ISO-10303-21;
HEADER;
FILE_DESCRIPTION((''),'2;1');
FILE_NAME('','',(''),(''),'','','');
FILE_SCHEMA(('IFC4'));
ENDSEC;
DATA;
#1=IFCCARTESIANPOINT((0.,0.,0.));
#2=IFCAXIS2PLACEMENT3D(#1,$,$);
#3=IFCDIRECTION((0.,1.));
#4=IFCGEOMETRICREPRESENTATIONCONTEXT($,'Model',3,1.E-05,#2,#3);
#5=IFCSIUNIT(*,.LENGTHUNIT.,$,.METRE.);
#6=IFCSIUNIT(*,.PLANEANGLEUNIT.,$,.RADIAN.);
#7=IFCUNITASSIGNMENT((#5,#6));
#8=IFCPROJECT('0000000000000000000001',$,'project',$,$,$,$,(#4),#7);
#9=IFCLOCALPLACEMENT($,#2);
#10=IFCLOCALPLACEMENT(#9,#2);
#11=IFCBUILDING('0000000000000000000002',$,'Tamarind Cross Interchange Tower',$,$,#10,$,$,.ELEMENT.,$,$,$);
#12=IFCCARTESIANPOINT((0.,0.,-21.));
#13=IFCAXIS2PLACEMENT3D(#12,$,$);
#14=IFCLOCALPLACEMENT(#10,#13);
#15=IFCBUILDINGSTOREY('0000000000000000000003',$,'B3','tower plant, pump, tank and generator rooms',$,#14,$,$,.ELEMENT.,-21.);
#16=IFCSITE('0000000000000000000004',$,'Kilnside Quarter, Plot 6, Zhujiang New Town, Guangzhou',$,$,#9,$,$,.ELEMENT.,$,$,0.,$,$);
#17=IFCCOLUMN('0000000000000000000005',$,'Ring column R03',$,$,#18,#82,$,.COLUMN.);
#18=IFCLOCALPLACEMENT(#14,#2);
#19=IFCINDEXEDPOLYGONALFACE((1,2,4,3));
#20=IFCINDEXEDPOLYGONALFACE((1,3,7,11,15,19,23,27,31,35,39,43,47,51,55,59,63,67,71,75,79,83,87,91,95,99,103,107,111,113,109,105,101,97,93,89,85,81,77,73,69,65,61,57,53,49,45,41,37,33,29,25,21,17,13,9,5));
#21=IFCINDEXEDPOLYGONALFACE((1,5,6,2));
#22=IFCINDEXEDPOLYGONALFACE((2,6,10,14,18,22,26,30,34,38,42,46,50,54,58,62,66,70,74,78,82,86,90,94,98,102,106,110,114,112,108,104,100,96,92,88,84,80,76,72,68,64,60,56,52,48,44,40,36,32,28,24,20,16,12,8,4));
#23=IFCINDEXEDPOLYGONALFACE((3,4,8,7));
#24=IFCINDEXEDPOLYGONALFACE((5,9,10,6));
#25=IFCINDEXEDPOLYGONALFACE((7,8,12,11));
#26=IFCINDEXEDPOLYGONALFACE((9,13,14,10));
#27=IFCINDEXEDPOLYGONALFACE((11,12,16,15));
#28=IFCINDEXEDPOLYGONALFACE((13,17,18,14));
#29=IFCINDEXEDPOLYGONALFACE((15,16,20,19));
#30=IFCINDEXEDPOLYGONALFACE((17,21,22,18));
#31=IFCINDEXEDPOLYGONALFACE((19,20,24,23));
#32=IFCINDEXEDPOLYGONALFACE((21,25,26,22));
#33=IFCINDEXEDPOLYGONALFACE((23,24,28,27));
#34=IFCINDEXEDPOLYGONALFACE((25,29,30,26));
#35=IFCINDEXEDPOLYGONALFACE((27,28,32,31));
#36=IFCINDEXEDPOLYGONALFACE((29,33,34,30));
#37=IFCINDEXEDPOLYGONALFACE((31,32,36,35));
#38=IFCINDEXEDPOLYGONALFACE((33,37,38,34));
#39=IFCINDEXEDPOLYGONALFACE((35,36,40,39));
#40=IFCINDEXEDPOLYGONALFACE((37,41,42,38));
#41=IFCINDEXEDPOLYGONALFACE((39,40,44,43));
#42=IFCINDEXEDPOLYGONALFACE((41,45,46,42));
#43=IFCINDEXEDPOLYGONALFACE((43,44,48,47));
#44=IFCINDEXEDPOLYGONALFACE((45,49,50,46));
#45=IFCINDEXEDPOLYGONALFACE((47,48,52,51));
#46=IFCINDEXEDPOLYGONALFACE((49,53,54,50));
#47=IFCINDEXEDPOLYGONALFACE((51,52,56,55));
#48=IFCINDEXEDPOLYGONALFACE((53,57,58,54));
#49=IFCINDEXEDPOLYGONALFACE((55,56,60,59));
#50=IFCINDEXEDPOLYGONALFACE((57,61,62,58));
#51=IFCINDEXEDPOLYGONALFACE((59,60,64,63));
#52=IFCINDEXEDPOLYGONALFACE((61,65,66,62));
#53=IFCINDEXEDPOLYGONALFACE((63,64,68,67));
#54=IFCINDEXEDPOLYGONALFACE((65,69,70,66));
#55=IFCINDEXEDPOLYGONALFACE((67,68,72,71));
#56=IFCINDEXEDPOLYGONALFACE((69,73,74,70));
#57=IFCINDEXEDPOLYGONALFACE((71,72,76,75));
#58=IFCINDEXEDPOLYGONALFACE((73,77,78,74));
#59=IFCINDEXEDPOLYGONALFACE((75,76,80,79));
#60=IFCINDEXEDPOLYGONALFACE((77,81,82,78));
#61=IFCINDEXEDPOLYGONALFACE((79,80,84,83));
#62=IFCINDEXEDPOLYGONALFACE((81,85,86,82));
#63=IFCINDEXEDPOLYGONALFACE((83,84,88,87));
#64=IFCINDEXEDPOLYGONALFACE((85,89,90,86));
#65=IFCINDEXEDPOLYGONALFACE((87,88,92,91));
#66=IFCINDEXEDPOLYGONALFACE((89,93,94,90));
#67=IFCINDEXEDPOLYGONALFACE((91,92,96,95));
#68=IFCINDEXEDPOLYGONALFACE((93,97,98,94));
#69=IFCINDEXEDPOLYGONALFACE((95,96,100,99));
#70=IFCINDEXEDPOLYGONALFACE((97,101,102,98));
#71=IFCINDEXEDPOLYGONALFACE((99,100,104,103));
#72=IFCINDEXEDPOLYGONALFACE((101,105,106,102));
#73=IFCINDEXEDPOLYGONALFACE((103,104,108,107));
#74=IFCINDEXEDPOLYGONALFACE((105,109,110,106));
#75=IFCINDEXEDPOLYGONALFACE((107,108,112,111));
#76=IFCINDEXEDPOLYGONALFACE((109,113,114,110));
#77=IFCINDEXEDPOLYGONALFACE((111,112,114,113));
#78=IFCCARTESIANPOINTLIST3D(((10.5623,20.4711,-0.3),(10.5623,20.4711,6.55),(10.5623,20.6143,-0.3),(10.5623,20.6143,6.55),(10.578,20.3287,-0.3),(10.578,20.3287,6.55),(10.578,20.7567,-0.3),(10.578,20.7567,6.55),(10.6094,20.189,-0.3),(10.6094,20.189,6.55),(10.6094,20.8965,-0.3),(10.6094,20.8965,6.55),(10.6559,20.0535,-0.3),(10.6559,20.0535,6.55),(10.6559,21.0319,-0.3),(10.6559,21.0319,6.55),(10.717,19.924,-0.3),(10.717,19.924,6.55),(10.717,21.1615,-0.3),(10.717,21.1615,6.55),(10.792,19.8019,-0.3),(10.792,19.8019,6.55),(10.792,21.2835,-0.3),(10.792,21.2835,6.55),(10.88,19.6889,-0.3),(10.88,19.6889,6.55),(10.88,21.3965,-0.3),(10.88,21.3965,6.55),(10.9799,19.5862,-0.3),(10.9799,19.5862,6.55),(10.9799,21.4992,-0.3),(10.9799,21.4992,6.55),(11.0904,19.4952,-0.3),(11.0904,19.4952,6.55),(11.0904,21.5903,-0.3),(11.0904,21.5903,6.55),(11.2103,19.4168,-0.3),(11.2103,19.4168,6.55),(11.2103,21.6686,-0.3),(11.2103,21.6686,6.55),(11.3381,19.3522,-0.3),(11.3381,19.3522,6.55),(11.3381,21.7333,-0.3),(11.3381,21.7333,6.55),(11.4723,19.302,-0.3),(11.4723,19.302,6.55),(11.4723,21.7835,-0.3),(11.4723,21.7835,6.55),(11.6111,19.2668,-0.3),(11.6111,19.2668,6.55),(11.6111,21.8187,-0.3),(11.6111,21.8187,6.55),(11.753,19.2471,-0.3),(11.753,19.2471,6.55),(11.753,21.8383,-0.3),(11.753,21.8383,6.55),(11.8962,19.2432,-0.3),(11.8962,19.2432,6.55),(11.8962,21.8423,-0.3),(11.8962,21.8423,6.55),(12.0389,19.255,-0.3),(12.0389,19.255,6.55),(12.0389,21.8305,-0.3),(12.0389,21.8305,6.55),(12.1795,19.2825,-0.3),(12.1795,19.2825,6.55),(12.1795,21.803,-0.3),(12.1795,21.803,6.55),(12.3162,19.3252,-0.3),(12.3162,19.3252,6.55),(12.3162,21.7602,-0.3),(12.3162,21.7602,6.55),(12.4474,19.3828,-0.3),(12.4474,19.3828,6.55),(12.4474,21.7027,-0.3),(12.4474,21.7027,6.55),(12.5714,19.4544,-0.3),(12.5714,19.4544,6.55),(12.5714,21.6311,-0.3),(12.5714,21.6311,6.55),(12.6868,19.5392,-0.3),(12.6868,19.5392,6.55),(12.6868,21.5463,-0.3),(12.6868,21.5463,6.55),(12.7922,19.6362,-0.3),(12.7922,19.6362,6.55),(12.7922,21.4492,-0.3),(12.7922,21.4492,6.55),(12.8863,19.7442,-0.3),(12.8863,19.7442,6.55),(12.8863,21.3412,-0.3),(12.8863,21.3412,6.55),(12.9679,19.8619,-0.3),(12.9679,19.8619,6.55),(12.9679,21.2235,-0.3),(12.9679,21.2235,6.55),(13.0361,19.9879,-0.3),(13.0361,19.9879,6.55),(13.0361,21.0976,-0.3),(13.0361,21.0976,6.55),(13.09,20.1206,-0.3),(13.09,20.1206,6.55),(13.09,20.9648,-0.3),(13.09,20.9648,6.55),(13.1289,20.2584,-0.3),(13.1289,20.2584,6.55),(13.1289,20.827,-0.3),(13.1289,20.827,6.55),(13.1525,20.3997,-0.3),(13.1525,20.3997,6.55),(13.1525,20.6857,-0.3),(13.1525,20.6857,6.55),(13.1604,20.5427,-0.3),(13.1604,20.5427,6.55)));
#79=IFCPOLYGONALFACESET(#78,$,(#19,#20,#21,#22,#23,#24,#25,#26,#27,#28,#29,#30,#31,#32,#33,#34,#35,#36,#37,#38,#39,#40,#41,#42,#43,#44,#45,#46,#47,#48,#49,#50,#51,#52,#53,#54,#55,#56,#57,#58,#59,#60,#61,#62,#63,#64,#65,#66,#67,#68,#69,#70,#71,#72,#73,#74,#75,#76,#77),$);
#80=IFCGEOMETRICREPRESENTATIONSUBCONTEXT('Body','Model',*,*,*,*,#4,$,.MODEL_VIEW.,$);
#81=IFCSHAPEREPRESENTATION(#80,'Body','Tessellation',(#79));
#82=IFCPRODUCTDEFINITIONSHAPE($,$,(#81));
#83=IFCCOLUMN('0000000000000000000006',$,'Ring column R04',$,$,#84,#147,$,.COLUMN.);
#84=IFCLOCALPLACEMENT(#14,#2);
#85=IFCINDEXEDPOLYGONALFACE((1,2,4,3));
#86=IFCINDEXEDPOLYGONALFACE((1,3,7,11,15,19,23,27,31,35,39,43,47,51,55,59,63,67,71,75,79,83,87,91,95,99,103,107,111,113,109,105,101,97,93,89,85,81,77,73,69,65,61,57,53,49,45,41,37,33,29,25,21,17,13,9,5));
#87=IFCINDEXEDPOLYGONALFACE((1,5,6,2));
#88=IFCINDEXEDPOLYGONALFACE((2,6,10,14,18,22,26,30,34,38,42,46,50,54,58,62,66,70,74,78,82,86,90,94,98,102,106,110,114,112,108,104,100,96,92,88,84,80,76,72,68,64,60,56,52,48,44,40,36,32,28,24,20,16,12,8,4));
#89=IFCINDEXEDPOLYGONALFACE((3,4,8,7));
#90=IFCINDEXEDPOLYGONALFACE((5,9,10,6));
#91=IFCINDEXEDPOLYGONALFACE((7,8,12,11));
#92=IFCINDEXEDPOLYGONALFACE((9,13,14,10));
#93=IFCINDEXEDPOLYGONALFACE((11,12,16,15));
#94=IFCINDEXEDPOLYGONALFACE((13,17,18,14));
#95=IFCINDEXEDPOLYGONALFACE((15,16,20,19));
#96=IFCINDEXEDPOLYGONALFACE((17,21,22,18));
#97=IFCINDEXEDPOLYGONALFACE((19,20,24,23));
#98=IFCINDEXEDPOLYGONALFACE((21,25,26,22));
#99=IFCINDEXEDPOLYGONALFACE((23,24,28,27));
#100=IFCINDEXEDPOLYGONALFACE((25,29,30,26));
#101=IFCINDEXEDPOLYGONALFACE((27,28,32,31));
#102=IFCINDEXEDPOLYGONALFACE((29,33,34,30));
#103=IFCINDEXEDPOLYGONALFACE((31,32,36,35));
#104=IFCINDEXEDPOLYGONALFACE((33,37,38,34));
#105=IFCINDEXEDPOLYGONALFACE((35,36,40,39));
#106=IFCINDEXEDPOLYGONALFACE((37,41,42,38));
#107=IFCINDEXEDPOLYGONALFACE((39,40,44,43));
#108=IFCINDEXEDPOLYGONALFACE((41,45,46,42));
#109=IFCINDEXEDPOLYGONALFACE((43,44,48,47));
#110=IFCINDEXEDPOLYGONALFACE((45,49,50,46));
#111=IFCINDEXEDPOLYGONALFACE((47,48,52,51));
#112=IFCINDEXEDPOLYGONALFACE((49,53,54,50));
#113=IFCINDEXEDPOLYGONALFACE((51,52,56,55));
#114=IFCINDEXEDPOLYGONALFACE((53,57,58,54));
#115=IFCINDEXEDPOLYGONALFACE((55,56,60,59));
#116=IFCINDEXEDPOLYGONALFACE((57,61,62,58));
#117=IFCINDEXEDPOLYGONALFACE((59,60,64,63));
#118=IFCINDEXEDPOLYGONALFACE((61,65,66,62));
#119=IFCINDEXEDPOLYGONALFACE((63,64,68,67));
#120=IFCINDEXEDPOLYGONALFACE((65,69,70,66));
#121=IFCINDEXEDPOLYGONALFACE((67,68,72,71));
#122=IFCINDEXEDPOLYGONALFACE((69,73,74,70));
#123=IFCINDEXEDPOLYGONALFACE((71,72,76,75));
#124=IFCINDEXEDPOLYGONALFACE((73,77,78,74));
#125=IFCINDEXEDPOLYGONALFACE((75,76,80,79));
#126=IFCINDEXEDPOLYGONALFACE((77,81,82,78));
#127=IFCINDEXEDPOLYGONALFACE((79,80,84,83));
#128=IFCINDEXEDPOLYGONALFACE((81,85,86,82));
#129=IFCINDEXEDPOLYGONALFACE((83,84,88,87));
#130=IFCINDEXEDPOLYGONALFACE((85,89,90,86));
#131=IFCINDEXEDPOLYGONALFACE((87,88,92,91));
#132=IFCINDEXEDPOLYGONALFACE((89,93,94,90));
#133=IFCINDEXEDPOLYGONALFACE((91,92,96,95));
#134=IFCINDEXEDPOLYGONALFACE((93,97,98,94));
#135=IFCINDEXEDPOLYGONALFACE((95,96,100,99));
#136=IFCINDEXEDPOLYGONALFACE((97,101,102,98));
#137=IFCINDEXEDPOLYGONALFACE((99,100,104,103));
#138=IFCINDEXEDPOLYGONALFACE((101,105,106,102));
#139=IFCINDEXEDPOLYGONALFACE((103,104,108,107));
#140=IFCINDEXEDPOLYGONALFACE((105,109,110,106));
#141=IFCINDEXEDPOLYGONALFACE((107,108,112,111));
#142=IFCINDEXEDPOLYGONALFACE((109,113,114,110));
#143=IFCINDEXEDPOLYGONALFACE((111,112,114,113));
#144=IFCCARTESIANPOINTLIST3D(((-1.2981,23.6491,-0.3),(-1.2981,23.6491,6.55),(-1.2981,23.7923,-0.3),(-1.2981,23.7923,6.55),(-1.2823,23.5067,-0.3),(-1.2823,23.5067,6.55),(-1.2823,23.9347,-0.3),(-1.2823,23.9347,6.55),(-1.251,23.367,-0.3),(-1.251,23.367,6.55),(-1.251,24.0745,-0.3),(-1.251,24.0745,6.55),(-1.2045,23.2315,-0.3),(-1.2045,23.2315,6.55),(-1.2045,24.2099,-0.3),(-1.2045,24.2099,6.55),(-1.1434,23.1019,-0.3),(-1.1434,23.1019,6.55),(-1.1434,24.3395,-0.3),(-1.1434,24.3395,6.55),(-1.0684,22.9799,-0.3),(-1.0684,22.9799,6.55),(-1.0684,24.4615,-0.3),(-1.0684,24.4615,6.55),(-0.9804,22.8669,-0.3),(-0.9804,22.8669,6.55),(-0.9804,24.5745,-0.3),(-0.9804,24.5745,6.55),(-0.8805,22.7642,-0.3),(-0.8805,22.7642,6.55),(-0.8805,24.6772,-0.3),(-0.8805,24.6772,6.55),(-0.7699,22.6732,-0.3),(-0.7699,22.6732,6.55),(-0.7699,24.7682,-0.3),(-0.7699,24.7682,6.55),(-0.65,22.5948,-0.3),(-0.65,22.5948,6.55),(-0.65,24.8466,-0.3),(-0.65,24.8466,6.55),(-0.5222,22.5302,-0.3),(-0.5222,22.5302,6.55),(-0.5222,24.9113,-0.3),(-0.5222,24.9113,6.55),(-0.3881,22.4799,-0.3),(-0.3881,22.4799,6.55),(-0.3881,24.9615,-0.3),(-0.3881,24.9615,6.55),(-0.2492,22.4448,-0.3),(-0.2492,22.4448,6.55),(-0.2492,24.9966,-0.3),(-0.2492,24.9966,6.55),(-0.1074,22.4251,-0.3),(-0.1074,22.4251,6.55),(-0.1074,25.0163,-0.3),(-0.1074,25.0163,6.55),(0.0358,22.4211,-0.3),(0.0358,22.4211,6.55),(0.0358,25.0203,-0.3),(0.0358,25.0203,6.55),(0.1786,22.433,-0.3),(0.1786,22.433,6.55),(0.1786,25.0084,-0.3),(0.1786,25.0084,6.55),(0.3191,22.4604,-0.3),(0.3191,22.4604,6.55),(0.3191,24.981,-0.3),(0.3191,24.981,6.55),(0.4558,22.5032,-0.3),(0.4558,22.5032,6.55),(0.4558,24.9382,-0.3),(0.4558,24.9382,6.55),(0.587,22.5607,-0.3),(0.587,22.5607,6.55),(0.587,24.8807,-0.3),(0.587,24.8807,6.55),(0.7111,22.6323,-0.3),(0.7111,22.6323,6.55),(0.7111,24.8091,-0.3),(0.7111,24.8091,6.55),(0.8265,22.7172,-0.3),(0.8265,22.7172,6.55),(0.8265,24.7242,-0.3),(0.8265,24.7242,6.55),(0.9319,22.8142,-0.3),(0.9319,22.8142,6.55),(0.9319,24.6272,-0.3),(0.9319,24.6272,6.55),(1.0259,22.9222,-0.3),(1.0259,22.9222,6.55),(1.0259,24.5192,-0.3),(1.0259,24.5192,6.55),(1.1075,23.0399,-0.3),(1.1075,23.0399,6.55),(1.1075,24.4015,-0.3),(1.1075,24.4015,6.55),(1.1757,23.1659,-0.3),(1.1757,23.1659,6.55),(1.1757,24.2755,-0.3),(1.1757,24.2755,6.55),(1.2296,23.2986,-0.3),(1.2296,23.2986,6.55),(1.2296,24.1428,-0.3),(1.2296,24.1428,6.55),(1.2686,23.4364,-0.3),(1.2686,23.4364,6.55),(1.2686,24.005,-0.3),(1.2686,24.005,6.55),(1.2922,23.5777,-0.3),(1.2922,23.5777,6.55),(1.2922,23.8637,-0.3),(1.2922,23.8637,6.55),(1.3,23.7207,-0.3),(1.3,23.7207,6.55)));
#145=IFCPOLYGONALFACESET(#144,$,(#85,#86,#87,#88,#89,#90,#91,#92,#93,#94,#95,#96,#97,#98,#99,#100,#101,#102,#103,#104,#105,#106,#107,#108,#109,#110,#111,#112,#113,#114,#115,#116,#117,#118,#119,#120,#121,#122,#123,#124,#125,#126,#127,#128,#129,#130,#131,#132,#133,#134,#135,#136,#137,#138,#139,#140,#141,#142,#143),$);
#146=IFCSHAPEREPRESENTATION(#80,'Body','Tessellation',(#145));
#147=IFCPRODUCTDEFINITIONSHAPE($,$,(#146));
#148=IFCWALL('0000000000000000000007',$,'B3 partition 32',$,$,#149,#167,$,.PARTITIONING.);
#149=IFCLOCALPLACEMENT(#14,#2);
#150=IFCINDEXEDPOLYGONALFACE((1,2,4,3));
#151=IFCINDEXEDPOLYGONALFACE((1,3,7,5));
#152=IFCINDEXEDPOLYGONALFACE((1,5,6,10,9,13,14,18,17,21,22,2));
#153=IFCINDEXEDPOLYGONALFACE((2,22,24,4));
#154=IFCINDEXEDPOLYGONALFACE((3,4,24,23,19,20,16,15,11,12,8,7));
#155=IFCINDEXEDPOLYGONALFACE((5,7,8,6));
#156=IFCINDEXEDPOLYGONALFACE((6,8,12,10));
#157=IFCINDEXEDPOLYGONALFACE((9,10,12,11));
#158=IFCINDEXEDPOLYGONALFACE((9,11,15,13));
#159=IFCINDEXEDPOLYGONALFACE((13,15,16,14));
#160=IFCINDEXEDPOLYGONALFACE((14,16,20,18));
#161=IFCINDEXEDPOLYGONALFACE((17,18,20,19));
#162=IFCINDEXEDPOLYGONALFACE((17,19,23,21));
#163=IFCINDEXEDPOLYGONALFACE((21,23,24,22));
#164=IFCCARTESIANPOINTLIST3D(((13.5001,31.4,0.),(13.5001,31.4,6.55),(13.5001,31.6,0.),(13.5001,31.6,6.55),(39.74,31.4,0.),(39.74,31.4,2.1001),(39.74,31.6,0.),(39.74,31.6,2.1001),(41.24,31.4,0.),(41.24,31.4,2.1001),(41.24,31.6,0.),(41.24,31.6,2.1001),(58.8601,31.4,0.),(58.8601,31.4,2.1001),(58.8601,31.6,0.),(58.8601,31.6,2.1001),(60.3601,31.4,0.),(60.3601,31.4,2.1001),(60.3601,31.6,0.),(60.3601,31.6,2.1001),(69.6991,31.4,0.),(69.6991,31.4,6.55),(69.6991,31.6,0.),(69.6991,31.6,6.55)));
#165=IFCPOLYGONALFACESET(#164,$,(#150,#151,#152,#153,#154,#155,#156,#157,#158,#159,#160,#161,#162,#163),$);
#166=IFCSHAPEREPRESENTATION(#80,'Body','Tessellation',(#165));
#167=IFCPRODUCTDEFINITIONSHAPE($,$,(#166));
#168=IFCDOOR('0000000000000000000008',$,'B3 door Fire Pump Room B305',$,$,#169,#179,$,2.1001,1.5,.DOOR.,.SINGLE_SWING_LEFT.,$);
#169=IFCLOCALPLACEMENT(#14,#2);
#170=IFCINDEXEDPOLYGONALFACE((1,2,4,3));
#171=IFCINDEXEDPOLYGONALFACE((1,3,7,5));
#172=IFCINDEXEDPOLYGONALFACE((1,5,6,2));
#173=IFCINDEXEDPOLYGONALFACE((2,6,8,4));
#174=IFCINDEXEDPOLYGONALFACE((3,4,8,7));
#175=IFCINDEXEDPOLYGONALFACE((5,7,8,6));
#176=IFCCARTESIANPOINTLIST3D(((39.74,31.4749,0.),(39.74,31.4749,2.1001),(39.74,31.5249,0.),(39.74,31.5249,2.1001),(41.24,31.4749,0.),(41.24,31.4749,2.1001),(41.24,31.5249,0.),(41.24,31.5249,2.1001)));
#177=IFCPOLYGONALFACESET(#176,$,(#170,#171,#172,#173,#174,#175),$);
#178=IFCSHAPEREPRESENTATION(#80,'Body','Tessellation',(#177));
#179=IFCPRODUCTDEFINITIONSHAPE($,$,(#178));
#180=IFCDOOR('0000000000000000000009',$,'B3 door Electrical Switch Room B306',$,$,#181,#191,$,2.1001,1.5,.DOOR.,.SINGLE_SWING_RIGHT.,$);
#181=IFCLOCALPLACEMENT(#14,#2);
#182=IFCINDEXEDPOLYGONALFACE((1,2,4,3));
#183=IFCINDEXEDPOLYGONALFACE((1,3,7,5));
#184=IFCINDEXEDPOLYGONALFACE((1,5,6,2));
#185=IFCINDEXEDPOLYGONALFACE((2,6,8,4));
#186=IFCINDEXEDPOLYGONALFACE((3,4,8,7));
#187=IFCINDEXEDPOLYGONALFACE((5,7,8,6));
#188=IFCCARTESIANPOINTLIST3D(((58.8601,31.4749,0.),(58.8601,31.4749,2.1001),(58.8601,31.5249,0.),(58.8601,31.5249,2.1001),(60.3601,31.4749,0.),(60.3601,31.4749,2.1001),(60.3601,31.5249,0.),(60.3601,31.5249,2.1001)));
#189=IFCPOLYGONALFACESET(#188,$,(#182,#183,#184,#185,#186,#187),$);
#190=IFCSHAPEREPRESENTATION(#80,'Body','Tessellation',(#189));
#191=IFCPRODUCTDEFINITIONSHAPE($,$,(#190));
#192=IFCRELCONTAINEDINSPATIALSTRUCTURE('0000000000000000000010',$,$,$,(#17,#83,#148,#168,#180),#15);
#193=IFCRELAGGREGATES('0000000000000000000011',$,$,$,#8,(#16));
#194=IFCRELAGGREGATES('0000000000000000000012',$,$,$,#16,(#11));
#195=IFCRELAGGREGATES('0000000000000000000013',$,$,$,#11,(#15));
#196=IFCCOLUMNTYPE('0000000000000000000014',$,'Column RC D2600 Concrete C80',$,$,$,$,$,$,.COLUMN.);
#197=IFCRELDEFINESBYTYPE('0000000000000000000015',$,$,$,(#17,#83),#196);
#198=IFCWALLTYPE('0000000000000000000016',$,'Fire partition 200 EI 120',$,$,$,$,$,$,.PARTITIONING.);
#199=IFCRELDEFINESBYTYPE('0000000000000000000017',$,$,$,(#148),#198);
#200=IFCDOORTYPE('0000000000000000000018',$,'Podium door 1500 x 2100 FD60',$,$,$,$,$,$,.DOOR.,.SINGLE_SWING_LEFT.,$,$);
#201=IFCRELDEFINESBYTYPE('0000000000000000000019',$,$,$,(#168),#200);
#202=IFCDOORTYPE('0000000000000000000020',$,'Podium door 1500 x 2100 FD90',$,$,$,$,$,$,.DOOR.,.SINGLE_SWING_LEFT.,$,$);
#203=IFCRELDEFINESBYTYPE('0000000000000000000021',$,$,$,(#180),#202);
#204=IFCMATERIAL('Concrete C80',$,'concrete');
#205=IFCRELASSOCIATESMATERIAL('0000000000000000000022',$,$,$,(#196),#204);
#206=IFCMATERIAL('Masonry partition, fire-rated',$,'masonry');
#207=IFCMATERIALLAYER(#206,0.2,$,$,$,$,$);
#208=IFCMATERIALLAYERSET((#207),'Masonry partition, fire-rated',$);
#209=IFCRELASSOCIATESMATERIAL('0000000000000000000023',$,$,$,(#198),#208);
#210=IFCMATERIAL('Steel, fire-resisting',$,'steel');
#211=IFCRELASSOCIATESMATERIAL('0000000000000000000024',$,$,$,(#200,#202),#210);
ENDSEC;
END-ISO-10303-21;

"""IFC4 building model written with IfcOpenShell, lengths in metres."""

from ifc_helpers import new_model, si_unit, direction, frame, frame_2d, origin, origin_2d, place, context, subcontext, project, spatial, rectangle, circle, extrude, material, layer, layer_set, material_profile, profile_set, type_object, element, fill, save


model = new_model("IFC4")

# Units and contexts
model_context = context("Model", 3, precision=1e-05, world=origin(), true_north=direction((0.0, 1.0)))
body_context = subcontext(model_context, "Body", "Model", "MODEL_VIEW")
ifc_project = project(units=[si_unit("LENGTHUNIT", "METRE"), si_unit("PLANEANGLEUNIT", "RADIAN")], contexts=[model_context])

# Site, building, storey
site_placement = place(None, origin())
site = spatial("IfcSite", under=ifc_project, at=site_placement, Name="Kilnside Quarter, Plot 6, Zhujiang New Town, Guangzhou", CompositionType="ELEMENT", RefElevation=0.0)
building_placement = place(site_placement, origin())
building = spatial("IfcBuilding", under=site, at=building_placement, Name="Tamarind Cross Interchange Tower", CompositionType="ELEMENT")
storey_placement = place(building_placement, frame((0.0, 0.0, -21.0)))
storey = spatial("IfcBuildingStorey", under=building, at=storey_placement, Name="B3", Description="tower plant, pump, tank and generator rooms", CompositionType="ELEMENT", Elevation=-21.0)

# Columns
ifc_material_1 = material(Name="Concrete C80", Category="concrete")
ifc_material_profile_1 = material_profile(ifc_material_1, circle(Radius=1.3, at=origin_2d()), Name="RC D2600")
ifc_profile_set_1 = profile_set([ifc_material_profile_1], Name="Concrete C80")
column_type_1 = type_object("IfcColumnType", Name="Column RC D2600 Concrete C80", PredefinedType="COLUMN", material=ifc_profile_set_1)
for number, where, z_axis, x_axis, name in (
    (1, (11.8604, 20.5427, -0.3), (0.0, 0.0, 1.0), (1.0, 0.0, 0.0), "Ring column R03"),
    (2, (0.0, 23.7207, -0.3), (0.0, 0.0, 1.0), (1.0, 0.0, 0.0), "Ring column R04"),
):
    element("IfcColumn", number, at=place(storey_placement, frame(where, z_axis=z_axis, x_axis=x_axis)), inside=storey, type_object=column_type_1, Name=name, PredefinedType="COLUMN", context=body_context, shape_type="SweptSolid", body=[
        extrude(circle(Radius=1.3, at=origin_2d()), origin(), (0.0, 0.0, 1.0), 6.8501),
    ])

# Wall, openings, doors
ifc_material_2 = material(Name="Masonry partition, fire-rated", Category="masonry")
ifc_layer = layer(ifc_material_2, 0.2)
ifc_layer_set = layer_set([ifc_layer], Name="Masonry partition, fire-rated")
wall_type = type_object("IfcWallType", Name="Fire partition 200 EI 120", PredefinedType="PARTITIONING", material=ifc_layer_set)
wall_1_placement = place(storey_placement, frame((13.5, 31.5, 0.0), z_axis=(0.0, 0.0, 1.0), x_axis=(1.0, 0.0, 0.0)))
wall_1 = element("IfcWall", 3, at=wall_1_placement, inside=storey, type_object=wall_type, Name="B3 partition 32", PredefinedType="PARTITIONING", context=body_context, shape_type="SweptSolid", body=[
    extrude(rectangle(XDim=56.199, YDim=0.2, at=frame_2d((28.0996, 0.0))), origin(), (0.0, 0.0, 1.0), 6.55),
])
opening_1_placement = place(wall_1_placement, frame((26.24, 0.0, 0.0)))
opening_1 = element("IfcOpeningElement", 4, at=opening_1_placement, cuts=wall_1, PredefinedType="OPENING", context=body_context, shape_type="SweptSolid", body=[
    extrude(rectangle(XDim=1.5, YDim=2.1001, at=frame_2d((0.75, 1.05))), frame((0.0, 0.1099, 0.0), z_axis=(0.0, -1.0, 0.0), x_axis=(1.0, 0.0, 0.0)), (0.0, 0.0, 1.0), 0.22),
])
opening_2_placement = place(wall_1_placement, frame((45.3601, 0.0, 0.0)))
opening_2 = element("IfcOpeningElement", 5, at=opening_2_placement, cuts=wall_1, PredefinedType="OPENING", context=body_context, shape_type="SweptSolid", body=[
    extrude(rectangle(XDim=1.5, YDim=2.1001, at=frame_2d((0.75, 1.05))), frame((0.0, 0.1099, 0.0), z_axis=(0.0, -1.0, 0.0), x_axis=(1.0, 0.0, 0.0)), (0.0, 0.0, 1.0), 0.22),
])
ifc_material_3 = material(Name="Steel, fire-resisting", Category="steel")
door_type_1 = type_object("IfcDoorType", Name="Podium door 1500 x 2100 FD60", OperationType="SINGLE_SWING_LEFT", PredefinedType="DOOR", material=ifc_material_3)
door_1_placement = place(opening_1_placement, origin())
door_1 = element("IfcDoor", 6, at=door_1_placement, inside=storey, type_object=door_type_1, Name="B3 door Fire Pump Room B305", OperationType="SINGLE_SWING_LEFT", OverallHeight=2.1001, OverallWidth=1.5, PredefinedType="DOOR", context=body_context, shape_type="SweptSolid", body=[
    extrude(rectangle(XDim=1.5, YDim=2.1001, at=frame_2d((0.75, 1.05))), frame((0.0, 0.0249, 0.0), z_axis=(0.0, -1.0, 0.0), x_axis=(1.0, 0.0, 0.0)), (0.0, 0.0, 1.0), 0.05),
])
fill(opening_1, door_1)
door_type_2 = type_object("IfcDoorType", Name="Podium door 1500 x 2100 FD90", OperationType="SINGLE_SWING_LEFT", PredefinedType="DOOR", material=ifc_material_3)
door_2_placement = place(opening_2_placement, origin())
door_2 = element("IfcDoor", 7, at=door_2_placement, inside=storey, type_object=door_type_2, Name="B3 door Electrical Switch Room B306", OperationType="SINGLE_SWING_RIGHT", OverallHeight=2.1001, OverallWidth=1.5, PredefinedType="DOOR", context=body_context, shape_type="SweptSolid", body=[
    extrude(rectangle(XDim=1.5, YDim=2.1001, at=frame_2d((0.75, 1.05))), frame((0.0, 0.0249, 0.0), z_axis=(0.0, -1.0, 0.0), x_axis=(1.0, 0.0, 0.0)), (0.0, 0.0, 1.0), 0.05),
])
fill(opening_2, door_2)

save(model, "model.ifc")
